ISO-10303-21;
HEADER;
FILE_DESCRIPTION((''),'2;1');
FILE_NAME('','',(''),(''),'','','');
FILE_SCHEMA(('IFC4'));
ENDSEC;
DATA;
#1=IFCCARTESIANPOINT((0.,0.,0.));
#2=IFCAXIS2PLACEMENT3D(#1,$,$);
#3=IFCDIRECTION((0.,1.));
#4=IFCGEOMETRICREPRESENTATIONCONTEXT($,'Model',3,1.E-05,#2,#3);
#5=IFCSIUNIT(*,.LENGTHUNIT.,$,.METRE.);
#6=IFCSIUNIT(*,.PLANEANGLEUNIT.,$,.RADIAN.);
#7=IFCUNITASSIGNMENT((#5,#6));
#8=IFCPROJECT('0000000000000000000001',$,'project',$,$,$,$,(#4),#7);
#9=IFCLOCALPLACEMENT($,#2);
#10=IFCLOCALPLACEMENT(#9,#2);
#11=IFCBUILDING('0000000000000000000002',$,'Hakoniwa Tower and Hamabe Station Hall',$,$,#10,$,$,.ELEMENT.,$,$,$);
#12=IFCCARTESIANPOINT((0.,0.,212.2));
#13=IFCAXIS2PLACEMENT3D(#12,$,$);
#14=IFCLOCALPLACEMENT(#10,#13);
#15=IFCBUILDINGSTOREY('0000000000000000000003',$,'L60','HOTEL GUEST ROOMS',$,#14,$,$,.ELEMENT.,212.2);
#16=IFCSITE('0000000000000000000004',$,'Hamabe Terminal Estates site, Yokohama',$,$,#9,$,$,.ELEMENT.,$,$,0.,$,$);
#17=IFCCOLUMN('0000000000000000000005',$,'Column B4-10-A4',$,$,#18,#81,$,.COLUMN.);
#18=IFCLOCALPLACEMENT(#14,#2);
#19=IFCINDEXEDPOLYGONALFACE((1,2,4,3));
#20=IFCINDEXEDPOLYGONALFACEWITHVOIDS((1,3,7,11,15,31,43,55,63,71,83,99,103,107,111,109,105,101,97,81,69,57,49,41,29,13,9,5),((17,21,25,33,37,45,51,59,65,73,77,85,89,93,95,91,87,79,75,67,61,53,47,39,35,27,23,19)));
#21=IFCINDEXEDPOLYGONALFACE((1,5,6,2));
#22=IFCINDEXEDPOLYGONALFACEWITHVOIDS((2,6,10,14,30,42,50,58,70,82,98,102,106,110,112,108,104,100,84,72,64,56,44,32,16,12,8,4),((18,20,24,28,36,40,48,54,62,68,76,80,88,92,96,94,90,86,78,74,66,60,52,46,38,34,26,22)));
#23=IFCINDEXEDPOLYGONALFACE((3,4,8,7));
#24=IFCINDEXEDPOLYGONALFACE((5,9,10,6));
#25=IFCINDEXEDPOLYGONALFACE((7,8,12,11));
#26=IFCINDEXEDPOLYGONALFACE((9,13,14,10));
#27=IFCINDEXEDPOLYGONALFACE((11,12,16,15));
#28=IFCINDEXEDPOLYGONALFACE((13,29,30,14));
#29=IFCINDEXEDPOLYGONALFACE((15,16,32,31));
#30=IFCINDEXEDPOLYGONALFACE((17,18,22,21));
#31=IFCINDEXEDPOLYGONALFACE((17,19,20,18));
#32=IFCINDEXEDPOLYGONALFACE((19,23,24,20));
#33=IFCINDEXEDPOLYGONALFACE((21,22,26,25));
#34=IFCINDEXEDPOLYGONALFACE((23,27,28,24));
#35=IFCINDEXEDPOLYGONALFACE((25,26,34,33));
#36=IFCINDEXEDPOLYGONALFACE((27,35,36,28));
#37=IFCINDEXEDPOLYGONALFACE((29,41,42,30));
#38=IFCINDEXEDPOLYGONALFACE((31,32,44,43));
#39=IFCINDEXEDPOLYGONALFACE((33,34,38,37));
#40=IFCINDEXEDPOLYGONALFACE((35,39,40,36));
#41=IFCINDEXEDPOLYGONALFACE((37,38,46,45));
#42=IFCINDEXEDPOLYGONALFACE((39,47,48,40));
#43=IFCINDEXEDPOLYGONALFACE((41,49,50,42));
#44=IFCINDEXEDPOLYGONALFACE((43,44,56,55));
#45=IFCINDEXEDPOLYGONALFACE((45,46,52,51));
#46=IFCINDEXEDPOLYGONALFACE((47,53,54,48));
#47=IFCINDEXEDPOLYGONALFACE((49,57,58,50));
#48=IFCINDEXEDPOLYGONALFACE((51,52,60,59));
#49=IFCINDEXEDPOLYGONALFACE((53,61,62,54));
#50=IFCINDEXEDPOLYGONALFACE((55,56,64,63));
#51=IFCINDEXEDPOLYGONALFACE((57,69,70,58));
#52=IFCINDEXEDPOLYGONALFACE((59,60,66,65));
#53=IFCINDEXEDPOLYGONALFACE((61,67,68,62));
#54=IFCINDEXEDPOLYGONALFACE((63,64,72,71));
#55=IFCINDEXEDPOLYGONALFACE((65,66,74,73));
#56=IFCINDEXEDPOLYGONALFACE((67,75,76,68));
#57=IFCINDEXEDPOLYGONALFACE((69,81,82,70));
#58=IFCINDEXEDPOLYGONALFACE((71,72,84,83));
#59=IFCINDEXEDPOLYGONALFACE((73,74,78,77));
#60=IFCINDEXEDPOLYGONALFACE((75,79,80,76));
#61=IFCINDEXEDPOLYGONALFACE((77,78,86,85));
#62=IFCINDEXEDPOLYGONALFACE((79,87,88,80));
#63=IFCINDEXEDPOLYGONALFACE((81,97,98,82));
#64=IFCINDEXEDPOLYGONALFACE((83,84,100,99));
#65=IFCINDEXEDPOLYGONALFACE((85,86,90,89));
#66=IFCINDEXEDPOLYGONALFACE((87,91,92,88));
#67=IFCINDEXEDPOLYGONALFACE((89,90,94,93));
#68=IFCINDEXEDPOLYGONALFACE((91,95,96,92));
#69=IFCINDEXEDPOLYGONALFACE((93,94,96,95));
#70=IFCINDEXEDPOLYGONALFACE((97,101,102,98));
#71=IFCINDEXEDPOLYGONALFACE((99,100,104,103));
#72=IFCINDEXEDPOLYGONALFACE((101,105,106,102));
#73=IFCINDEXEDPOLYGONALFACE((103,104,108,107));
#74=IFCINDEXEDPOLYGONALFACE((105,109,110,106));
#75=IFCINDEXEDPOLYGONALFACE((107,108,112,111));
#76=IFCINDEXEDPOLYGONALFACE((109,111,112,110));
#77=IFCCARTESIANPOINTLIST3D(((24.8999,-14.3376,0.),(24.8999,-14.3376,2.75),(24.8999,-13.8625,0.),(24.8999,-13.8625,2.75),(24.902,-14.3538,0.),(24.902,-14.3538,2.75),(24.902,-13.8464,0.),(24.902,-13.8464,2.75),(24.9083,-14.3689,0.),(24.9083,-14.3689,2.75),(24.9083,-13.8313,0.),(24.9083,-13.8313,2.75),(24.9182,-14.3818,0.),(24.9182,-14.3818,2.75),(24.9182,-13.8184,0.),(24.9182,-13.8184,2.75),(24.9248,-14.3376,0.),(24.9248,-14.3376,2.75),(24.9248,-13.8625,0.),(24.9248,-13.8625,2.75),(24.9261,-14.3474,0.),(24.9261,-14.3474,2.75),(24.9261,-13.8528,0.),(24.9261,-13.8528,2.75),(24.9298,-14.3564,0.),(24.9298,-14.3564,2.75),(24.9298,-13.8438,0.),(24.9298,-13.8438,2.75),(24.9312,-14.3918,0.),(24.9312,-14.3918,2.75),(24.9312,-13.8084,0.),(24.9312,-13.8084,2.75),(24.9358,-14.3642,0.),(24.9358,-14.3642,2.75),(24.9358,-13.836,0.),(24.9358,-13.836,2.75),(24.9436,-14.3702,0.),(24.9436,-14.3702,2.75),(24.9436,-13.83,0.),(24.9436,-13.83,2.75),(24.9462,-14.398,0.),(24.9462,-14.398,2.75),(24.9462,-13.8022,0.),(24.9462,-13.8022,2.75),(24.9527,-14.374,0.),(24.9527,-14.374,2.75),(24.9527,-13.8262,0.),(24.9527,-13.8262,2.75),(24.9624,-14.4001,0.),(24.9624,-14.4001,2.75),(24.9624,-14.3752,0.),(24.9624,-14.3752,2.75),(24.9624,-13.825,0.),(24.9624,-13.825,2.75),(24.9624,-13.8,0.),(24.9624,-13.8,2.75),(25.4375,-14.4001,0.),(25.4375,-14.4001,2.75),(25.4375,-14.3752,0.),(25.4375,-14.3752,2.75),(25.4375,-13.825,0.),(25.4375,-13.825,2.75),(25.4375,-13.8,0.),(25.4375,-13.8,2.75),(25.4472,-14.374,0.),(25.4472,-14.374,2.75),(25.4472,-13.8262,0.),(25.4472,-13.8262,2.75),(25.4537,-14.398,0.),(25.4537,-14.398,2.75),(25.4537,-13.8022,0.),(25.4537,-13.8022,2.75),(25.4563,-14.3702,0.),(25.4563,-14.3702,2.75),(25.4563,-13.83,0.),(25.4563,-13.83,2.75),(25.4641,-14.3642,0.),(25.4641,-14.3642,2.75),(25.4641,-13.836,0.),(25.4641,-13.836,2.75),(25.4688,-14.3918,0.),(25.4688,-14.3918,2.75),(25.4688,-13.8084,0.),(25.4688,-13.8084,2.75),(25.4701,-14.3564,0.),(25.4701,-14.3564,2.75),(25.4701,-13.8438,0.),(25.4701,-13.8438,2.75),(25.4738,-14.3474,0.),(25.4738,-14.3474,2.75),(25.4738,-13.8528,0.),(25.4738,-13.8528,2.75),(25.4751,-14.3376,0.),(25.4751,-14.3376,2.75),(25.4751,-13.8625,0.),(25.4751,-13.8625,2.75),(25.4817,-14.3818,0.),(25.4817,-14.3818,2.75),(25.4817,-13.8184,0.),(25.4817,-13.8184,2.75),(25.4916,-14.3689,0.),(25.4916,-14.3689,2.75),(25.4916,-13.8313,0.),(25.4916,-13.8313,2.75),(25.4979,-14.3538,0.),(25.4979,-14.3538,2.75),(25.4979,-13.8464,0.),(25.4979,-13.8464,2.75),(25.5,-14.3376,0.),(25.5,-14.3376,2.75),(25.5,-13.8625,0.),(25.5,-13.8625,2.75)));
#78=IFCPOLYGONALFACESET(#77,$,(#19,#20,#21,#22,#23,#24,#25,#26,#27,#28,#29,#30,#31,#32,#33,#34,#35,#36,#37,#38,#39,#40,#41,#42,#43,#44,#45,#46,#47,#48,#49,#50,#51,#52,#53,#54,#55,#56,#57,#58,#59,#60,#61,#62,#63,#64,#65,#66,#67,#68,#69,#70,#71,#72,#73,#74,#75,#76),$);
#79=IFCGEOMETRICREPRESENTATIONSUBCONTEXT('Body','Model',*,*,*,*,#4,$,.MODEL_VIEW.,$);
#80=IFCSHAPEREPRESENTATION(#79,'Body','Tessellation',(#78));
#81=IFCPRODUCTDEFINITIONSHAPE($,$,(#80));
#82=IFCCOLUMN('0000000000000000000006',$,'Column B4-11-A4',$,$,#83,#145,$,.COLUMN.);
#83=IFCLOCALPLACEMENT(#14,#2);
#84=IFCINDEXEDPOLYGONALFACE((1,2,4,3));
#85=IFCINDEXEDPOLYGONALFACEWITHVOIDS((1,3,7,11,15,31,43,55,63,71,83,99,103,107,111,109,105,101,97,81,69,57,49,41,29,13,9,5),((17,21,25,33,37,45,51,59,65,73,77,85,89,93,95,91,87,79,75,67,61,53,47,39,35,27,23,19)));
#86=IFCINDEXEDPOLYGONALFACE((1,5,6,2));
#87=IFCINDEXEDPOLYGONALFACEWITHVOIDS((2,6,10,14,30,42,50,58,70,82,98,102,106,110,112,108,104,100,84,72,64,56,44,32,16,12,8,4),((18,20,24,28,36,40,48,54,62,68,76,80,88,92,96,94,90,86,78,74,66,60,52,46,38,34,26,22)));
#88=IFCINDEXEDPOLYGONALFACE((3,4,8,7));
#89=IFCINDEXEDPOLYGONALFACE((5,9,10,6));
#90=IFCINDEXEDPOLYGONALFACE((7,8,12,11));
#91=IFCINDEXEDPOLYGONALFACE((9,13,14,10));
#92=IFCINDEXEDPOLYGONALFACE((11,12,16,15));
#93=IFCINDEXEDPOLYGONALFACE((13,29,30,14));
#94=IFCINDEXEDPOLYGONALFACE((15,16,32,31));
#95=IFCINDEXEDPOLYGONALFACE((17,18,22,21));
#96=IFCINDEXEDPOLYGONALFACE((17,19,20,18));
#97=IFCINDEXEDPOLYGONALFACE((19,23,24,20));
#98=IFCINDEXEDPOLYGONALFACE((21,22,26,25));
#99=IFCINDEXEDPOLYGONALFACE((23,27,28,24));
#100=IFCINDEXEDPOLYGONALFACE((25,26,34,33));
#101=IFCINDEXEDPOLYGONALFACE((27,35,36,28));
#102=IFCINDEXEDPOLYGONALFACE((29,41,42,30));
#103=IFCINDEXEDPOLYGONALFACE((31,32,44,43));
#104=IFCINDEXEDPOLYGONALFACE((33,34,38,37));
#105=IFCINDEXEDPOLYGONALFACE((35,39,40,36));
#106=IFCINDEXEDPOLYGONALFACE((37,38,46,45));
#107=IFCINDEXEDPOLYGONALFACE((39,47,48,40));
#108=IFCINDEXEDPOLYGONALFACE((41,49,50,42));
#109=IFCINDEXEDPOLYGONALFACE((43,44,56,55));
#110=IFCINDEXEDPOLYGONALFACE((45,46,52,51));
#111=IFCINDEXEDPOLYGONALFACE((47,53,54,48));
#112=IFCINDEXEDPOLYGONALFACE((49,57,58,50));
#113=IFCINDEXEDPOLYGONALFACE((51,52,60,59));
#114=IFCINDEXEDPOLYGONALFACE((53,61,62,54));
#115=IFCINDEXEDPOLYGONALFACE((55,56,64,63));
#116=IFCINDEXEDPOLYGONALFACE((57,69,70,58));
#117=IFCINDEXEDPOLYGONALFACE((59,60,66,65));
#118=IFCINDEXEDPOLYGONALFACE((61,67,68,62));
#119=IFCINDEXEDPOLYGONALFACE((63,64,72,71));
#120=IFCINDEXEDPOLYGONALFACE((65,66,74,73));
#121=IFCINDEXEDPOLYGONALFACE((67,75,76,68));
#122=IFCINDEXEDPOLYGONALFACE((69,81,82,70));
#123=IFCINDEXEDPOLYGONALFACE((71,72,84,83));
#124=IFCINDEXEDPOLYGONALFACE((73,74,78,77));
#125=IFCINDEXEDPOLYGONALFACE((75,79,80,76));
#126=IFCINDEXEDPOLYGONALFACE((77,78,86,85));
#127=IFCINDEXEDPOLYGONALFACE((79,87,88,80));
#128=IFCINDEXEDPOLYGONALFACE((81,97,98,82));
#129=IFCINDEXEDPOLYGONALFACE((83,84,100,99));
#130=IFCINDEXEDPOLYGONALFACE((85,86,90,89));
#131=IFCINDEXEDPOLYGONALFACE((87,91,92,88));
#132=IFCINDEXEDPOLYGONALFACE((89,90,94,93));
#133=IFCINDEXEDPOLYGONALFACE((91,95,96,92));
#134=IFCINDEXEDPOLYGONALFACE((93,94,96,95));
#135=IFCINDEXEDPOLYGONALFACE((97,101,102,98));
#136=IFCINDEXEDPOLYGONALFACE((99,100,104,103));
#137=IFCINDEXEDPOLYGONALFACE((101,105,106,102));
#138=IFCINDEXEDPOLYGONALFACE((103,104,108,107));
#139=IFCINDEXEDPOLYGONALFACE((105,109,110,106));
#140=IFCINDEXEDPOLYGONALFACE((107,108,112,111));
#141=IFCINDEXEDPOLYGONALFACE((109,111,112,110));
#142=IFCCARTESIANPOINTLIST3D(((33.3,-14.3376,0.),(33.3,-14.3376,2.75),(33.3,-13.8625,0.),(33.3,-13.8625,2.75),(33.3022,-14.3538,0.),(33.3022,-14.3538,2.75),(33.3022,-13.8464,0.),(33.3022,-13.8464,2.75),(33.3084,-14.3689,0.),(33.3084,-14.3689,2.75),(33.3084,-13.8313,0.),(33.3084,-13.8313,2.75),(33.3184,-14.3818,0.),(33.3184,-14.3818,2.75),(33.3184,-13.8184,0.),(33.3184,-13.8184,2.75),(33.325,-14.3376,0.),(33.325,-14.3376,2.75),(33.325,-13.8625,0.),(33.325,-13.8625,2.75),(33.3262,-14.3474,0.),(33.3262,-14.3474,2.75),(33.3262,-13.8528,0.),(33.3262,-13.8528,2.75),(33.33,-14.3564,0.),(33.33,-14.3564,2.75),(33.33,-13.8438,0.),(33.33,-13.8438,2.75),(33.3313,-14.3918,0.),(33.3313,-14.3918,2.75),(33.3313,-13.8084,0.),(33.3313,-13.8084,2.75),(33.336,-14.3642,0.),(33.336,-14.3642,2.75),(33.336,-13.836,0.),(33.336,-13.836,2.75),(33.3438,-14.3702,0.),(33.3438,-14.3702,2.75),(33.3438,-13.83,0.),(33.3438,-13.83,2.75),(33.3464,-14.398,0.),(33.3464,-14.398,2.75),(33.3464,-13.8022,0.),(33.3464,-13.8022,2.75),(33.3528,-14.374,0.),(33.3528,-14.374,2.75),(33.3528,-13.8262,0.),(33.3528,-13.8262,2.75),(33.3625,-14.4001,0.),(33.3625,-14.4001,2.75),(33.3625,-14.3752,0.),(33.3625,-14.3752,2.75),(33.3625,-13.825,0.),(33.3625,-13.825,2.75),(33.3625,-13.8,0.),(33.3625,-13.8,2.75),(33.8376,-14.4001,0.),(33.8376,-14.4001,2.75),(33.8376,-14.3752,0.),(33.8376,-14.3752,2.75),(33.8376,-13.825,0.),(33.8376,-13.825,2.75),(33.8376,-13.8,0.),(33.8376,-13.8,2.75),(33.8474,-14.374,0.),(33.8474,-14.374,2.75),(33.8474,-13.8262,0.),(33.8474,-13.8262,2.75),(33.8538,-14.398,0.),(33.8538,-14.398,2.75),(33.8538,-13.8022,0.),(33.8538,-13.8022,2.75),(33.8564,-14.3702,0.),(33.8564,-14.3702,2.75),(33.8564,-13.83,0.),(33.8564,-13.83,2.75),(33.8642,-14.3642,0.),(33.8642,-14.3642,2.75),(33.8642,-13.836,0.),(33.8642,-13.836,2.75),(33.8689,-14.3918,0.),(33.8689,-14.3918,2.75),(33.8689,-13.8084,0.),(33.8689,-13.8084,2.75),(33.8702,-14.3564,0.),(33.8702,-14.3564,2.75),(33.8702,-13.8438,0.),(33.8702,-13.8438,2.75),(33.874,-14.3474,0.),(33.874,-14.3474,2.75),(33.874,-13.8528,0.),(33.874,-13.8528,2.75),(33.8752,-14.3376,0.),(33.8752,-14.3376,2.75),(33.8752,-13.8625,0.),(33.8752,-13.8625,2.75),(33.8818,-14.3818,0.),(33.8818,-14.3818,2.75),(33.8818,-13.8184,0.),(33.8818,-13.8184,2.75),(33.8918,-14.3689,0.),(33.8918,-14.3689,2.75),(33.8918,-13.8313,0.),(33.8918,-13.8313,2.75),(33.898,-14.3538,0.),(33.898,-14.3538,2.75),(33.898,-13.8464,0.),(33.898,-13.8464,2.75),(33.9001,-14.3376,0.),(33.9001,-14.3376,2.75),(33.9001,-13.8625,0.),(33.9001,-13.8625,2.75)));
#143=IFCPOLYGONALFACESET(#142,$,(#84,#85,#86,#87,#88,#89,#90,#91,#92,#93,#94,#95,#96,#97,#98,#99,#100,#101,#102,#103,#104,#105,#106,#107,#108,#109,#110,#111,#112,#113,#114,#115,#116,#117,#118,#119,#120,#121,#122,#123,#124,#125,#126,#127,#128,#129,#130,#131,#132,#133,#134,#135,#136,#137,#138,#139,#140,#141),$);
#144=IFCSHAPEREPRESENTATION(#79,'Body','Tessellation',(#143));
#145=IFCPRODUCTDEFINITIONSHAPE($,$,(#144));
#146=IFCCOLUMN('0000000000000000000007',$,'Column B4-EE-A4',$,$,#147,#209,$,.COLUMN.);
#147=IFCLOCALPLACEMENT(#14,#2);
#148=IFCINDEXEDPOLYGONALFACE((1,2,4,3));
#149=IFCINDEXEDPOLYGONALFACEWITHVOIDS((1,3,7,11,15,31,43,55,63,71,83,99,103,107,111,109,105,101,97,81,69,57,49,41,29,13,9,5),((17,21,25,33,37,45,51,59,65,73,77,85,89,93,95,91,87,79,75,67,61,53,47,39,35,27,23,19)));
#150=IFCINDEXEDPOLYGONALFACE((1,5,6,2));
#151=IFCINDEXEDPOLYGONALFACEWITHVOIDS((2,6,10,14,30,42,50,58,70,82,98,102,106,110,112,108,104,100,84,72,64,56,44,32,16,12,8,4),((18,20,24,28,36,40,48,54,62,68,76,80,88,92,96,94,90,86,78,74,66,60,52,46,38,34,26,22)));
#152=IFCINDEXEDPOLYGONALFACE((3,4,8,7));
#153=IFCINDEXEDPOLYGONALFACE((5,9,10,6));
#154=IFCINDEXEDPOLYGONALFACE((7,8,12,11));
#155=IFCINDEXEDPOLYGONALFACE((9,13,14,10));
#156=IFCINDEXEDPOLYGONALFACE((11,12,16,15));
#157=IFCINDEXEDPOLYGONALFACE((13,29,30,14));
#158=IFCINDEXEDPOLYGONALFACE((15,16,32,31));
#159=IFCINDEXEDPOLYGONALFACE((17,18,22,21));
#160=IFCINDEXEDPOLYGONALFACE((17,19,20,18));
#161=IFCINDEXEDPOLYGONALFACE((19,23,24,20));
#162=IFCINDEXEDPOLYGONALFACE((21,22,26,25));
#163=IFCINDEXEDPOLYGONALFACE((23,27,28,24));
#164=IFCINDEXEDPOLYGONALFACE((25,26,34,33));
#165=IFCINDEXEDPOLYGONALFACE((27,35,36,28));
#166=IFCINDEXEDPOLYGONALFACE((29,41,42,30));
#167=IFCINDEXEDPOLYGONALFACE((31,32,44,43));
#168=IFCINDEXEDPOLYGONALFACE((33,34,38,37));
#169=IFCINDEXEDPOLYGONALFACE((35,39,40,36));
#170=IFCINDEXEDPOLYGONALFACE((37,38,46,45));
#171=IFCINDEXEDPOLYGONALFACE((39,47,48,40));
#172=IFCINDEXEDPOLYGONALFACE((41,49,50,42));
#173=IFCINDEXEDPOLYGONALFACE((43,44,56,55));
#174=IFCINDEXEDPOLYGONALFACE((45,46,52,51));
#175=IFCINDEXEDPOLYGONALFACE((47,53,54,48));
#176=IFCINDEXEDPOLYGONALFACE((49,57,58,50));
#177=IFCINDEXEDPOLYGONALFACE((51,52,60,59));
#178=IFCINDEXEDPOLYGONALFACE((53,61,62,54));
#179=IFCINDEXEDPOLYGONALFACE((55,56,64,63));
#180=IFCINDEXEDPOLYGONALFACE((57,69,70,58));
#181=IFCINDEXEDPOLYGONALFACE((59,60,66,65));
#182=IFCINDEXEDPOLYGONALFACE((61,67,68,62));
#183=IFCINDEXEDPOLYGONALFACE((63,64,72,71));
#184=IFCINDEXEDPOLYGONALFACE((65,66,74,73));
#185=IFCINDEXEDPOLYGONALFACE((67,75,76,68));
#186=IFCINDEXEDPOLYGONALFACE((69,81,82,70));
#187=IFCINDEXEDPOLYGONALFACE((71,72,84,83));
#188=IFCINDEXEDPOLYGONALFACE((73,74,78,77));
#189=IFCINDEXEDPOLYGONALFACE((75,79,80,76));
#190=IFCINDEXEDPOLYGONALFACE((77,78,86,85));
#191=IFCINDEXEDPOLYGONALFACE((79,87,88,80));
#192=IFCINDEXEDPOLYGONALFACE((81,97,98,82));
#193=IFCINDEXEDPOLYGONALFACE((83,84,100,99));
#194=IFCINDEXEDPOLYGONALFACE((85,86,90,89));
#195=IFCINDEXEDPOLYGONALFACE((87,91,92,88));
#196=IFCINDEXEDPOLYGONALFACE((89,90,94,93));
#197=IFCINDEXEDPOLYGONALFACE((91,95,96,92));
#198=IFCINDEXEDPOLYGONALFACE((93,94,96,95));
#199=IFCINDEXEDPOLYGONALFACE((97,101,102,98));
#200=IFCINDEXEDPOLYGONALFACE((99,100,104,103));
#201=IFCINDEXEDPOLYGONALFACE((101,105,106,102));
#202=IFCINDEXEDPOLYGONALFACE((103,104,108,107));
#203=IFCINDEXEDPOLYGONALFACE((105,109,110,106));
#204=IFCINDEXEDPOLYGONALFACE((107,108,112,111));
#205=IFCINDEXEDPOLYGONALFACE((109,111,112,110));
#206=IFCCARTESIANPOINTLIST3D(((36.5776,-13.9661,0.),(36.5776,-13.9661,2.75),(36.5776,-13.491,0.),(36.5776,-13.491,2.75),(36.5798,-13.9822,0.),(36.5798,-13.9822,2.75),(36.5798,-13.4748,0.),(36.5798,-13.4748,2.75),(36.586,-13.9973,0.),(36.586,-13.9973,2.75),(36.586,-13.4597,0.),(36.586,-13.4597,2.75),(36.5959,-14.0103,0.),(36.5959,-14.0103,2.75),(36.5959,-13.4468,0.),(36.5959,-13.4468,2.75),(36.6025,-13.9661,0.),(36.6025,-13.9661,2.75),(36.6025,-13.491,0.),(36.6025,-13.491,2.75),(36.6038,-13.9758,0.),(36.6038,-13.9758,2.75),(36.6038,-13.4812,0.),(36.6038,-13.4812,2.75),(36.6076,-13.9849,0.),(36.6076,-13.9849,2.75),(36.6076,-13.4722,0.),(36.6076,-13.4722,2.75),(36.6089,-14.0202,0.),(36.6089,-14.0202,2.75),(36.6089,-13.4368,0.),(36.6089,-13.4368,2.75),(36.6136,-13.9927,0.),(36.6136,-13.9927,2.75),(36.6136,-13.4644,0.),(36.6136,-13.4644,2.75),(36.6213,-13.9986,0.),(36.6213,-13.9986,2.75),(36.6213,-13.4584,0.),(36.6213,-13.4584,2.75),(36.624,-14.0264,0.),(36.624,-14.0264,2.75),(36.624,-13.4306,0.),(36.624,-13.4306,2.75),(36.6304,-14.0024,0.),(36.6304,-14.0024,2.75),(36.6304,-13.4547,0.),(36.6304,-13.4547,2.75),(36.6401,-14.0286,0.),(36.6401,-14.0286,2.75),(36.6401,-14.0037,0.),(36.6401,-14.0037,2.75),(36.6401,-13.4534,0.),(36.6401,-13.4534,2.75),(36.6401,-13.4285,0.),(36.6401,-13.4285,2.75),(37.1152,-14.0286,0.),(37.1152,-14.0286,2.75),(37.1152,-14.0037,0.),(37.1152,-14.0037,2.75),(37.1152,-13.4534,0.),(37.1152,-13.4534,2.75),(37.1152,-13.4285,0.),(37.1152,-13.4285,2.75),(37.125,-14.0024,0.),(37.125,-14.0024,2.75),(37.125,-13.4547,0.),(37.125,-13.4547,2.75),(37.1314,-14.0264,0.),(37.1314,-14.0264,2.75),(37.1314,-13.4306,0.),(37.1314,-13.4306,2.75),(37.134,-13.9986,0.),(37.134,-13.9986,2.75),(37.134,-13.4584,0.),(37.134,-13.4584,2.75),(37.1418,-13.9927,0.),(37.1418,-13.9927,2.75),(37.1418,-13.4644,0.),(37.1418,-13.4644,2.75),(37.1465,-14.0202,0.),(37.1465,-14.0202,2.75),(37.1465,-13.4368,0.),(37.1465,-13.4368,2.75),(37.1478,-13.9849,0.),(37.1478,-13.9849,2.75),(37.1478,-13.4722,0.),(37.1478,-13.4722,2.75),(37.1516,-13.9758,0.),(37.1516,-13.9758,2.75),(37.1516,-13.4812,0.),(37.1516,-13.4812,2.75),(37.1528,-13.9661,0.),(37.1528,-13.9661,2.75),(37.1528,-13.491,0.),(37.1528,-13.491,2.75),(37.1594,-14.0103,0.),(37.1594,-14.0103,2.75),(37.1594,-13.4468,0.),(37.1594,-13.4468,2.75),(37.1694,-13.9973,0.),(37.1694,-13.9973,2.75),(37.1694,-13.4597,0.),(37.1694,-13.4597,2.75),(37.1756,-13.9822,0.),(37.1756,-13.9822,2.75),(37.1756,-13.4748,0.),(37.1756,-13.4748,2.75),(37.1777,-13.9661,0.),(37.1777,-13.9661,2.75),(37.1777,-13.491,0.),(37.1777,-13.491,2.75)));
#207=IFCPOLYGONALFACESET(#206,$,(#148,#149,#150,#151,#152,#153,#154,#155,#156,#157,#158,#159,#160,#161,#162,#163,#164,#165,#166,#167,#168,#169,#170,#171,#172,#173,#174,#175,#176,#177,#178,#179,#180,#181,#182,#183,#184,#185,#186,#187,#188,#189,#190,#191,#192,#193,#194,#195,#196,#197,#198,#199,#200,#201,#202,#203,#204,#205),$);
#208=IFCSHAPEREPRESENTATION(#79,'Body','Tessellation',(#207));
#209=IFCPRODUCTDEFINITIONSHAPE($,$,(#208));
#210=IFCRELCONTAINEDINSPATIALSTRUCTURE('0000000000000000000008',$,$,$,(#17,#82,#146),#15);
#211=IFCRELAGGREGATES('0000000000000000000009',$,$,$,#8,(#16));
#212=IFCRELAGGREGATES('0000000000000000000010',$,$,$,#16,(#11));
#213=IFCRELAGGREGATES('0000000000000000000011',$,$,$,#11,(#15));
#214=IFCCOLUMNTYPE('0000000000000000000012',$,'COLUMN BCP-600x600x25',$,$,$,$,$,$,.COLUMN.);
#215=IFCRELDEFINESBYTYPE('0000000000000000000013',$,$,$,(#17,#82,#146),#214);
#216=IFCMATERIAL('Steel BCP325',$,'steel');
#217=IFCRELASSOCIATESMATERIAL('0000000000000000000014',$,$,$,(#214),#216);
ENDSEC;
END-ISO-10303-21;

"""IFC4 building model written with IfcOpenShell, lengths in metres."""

from ifc_helpers import new_model, si_unit, direction, frame, origin, origin_2d, place, context, subcontext, project, spatial, hollow_rectangle, extrude, material, material_profile, profile_set, type_object, element, save


model = new_model("IFC4")

# Units and contexts
model_context = context("Model", 3, precision=1e-05, world=origin(), true_north=direction((0.0, 1.0)))
body_context = subcontext(model_context, "Body", "Model", "MODEL_VIEW")
ifc_project = project(units=[si_unit("LENGTHUNIT", "METRE"), si_unit("PLANEANGLEUNIT", "RADIAN")], contexts=[model_context])

# Site, building, storey
site_placement = place(None, origin())
site = spatial("IfcSite", under=ifc_project, at=site_placement, Name="Hamabe Terminal Estates site, Yokohama", CompositionType="ELEMENT", RefElevation=0.0)
building_placement = place(site_placement, origin())
building = spatial("IfcBuilding", under=site, at=building_placement, Name="Hakoniwa Tower and Hamabe Station Hall", CompositionType="ELEMENT")
storey_placement = place(building_placement, frame((0.0, 0.0, 212.2)))
storey = spatial("IfcBuildingStorey", under=building, at=storey_placement, Name="L60", Description="HOTEL GUEST ROOMS", CompositionType="ELEMENT", Elevation=212.2)

# Columns
ifc_material_1 = material(Name="Steel BCP325", Category="steel")
ifc_material_profile_1 = material_profile(ifc_material_1, hollow_rectangle(XDim=0.6001, YDim=0.6001, WallThickness=0.0249, InnerFilletRadius=0.0376, OuterFilletRadius=0.0625, at=origin_2d()), Name="BCP-600x600x25")
ifc_profile_set_1 = profile_set([ifc_material_profile_1], Name="Steel BCP325")
column_type = type_object("IfcColumnType", Name="COLUMN BCP-600x600x25", PredefinedType="COLUMN", material=ifc_profile_set_1)
for number, where, z_axis, x_axis, name in (
    (1, (25.2, -14.1001, 0.0), (0.0, 0.0, 1.0), (1.0, 0.0, 0.0), "Column B4-10-A4"),
    (2, (33.6001, -14.1001, 0.0), (0.0, 0.0, 1.0), (1.0, 0.0, 0.0), "Column B4-11-A4"),
    (3, (36.8777, -13.7285, 0.0), (0.0, 0.0, 1.0), (1.0, 0.0, 0.0), "Column B4-EE-A4"),
):
    element("IfcColumn", number, at=place(storey_placement, frame(where, z_axis=z_axis, x_axis=x_axis)), inside=storey, type_object=column_type, Name=name, PredefinedType="COLUMN", context=body_context, shape_type="SweptSolid", body=[
        extrude(hollow_rectangle(XDim=0.6001, YDim=0.6001, WallThickness=0.0249, InnerFilletRadius=0.0376, OuterFilletRadius=0.0625, at=origin_2d()), origin(), (0.0, 0.0, 1.0), 2.75),
    ])

save(model, "model.ifc")
